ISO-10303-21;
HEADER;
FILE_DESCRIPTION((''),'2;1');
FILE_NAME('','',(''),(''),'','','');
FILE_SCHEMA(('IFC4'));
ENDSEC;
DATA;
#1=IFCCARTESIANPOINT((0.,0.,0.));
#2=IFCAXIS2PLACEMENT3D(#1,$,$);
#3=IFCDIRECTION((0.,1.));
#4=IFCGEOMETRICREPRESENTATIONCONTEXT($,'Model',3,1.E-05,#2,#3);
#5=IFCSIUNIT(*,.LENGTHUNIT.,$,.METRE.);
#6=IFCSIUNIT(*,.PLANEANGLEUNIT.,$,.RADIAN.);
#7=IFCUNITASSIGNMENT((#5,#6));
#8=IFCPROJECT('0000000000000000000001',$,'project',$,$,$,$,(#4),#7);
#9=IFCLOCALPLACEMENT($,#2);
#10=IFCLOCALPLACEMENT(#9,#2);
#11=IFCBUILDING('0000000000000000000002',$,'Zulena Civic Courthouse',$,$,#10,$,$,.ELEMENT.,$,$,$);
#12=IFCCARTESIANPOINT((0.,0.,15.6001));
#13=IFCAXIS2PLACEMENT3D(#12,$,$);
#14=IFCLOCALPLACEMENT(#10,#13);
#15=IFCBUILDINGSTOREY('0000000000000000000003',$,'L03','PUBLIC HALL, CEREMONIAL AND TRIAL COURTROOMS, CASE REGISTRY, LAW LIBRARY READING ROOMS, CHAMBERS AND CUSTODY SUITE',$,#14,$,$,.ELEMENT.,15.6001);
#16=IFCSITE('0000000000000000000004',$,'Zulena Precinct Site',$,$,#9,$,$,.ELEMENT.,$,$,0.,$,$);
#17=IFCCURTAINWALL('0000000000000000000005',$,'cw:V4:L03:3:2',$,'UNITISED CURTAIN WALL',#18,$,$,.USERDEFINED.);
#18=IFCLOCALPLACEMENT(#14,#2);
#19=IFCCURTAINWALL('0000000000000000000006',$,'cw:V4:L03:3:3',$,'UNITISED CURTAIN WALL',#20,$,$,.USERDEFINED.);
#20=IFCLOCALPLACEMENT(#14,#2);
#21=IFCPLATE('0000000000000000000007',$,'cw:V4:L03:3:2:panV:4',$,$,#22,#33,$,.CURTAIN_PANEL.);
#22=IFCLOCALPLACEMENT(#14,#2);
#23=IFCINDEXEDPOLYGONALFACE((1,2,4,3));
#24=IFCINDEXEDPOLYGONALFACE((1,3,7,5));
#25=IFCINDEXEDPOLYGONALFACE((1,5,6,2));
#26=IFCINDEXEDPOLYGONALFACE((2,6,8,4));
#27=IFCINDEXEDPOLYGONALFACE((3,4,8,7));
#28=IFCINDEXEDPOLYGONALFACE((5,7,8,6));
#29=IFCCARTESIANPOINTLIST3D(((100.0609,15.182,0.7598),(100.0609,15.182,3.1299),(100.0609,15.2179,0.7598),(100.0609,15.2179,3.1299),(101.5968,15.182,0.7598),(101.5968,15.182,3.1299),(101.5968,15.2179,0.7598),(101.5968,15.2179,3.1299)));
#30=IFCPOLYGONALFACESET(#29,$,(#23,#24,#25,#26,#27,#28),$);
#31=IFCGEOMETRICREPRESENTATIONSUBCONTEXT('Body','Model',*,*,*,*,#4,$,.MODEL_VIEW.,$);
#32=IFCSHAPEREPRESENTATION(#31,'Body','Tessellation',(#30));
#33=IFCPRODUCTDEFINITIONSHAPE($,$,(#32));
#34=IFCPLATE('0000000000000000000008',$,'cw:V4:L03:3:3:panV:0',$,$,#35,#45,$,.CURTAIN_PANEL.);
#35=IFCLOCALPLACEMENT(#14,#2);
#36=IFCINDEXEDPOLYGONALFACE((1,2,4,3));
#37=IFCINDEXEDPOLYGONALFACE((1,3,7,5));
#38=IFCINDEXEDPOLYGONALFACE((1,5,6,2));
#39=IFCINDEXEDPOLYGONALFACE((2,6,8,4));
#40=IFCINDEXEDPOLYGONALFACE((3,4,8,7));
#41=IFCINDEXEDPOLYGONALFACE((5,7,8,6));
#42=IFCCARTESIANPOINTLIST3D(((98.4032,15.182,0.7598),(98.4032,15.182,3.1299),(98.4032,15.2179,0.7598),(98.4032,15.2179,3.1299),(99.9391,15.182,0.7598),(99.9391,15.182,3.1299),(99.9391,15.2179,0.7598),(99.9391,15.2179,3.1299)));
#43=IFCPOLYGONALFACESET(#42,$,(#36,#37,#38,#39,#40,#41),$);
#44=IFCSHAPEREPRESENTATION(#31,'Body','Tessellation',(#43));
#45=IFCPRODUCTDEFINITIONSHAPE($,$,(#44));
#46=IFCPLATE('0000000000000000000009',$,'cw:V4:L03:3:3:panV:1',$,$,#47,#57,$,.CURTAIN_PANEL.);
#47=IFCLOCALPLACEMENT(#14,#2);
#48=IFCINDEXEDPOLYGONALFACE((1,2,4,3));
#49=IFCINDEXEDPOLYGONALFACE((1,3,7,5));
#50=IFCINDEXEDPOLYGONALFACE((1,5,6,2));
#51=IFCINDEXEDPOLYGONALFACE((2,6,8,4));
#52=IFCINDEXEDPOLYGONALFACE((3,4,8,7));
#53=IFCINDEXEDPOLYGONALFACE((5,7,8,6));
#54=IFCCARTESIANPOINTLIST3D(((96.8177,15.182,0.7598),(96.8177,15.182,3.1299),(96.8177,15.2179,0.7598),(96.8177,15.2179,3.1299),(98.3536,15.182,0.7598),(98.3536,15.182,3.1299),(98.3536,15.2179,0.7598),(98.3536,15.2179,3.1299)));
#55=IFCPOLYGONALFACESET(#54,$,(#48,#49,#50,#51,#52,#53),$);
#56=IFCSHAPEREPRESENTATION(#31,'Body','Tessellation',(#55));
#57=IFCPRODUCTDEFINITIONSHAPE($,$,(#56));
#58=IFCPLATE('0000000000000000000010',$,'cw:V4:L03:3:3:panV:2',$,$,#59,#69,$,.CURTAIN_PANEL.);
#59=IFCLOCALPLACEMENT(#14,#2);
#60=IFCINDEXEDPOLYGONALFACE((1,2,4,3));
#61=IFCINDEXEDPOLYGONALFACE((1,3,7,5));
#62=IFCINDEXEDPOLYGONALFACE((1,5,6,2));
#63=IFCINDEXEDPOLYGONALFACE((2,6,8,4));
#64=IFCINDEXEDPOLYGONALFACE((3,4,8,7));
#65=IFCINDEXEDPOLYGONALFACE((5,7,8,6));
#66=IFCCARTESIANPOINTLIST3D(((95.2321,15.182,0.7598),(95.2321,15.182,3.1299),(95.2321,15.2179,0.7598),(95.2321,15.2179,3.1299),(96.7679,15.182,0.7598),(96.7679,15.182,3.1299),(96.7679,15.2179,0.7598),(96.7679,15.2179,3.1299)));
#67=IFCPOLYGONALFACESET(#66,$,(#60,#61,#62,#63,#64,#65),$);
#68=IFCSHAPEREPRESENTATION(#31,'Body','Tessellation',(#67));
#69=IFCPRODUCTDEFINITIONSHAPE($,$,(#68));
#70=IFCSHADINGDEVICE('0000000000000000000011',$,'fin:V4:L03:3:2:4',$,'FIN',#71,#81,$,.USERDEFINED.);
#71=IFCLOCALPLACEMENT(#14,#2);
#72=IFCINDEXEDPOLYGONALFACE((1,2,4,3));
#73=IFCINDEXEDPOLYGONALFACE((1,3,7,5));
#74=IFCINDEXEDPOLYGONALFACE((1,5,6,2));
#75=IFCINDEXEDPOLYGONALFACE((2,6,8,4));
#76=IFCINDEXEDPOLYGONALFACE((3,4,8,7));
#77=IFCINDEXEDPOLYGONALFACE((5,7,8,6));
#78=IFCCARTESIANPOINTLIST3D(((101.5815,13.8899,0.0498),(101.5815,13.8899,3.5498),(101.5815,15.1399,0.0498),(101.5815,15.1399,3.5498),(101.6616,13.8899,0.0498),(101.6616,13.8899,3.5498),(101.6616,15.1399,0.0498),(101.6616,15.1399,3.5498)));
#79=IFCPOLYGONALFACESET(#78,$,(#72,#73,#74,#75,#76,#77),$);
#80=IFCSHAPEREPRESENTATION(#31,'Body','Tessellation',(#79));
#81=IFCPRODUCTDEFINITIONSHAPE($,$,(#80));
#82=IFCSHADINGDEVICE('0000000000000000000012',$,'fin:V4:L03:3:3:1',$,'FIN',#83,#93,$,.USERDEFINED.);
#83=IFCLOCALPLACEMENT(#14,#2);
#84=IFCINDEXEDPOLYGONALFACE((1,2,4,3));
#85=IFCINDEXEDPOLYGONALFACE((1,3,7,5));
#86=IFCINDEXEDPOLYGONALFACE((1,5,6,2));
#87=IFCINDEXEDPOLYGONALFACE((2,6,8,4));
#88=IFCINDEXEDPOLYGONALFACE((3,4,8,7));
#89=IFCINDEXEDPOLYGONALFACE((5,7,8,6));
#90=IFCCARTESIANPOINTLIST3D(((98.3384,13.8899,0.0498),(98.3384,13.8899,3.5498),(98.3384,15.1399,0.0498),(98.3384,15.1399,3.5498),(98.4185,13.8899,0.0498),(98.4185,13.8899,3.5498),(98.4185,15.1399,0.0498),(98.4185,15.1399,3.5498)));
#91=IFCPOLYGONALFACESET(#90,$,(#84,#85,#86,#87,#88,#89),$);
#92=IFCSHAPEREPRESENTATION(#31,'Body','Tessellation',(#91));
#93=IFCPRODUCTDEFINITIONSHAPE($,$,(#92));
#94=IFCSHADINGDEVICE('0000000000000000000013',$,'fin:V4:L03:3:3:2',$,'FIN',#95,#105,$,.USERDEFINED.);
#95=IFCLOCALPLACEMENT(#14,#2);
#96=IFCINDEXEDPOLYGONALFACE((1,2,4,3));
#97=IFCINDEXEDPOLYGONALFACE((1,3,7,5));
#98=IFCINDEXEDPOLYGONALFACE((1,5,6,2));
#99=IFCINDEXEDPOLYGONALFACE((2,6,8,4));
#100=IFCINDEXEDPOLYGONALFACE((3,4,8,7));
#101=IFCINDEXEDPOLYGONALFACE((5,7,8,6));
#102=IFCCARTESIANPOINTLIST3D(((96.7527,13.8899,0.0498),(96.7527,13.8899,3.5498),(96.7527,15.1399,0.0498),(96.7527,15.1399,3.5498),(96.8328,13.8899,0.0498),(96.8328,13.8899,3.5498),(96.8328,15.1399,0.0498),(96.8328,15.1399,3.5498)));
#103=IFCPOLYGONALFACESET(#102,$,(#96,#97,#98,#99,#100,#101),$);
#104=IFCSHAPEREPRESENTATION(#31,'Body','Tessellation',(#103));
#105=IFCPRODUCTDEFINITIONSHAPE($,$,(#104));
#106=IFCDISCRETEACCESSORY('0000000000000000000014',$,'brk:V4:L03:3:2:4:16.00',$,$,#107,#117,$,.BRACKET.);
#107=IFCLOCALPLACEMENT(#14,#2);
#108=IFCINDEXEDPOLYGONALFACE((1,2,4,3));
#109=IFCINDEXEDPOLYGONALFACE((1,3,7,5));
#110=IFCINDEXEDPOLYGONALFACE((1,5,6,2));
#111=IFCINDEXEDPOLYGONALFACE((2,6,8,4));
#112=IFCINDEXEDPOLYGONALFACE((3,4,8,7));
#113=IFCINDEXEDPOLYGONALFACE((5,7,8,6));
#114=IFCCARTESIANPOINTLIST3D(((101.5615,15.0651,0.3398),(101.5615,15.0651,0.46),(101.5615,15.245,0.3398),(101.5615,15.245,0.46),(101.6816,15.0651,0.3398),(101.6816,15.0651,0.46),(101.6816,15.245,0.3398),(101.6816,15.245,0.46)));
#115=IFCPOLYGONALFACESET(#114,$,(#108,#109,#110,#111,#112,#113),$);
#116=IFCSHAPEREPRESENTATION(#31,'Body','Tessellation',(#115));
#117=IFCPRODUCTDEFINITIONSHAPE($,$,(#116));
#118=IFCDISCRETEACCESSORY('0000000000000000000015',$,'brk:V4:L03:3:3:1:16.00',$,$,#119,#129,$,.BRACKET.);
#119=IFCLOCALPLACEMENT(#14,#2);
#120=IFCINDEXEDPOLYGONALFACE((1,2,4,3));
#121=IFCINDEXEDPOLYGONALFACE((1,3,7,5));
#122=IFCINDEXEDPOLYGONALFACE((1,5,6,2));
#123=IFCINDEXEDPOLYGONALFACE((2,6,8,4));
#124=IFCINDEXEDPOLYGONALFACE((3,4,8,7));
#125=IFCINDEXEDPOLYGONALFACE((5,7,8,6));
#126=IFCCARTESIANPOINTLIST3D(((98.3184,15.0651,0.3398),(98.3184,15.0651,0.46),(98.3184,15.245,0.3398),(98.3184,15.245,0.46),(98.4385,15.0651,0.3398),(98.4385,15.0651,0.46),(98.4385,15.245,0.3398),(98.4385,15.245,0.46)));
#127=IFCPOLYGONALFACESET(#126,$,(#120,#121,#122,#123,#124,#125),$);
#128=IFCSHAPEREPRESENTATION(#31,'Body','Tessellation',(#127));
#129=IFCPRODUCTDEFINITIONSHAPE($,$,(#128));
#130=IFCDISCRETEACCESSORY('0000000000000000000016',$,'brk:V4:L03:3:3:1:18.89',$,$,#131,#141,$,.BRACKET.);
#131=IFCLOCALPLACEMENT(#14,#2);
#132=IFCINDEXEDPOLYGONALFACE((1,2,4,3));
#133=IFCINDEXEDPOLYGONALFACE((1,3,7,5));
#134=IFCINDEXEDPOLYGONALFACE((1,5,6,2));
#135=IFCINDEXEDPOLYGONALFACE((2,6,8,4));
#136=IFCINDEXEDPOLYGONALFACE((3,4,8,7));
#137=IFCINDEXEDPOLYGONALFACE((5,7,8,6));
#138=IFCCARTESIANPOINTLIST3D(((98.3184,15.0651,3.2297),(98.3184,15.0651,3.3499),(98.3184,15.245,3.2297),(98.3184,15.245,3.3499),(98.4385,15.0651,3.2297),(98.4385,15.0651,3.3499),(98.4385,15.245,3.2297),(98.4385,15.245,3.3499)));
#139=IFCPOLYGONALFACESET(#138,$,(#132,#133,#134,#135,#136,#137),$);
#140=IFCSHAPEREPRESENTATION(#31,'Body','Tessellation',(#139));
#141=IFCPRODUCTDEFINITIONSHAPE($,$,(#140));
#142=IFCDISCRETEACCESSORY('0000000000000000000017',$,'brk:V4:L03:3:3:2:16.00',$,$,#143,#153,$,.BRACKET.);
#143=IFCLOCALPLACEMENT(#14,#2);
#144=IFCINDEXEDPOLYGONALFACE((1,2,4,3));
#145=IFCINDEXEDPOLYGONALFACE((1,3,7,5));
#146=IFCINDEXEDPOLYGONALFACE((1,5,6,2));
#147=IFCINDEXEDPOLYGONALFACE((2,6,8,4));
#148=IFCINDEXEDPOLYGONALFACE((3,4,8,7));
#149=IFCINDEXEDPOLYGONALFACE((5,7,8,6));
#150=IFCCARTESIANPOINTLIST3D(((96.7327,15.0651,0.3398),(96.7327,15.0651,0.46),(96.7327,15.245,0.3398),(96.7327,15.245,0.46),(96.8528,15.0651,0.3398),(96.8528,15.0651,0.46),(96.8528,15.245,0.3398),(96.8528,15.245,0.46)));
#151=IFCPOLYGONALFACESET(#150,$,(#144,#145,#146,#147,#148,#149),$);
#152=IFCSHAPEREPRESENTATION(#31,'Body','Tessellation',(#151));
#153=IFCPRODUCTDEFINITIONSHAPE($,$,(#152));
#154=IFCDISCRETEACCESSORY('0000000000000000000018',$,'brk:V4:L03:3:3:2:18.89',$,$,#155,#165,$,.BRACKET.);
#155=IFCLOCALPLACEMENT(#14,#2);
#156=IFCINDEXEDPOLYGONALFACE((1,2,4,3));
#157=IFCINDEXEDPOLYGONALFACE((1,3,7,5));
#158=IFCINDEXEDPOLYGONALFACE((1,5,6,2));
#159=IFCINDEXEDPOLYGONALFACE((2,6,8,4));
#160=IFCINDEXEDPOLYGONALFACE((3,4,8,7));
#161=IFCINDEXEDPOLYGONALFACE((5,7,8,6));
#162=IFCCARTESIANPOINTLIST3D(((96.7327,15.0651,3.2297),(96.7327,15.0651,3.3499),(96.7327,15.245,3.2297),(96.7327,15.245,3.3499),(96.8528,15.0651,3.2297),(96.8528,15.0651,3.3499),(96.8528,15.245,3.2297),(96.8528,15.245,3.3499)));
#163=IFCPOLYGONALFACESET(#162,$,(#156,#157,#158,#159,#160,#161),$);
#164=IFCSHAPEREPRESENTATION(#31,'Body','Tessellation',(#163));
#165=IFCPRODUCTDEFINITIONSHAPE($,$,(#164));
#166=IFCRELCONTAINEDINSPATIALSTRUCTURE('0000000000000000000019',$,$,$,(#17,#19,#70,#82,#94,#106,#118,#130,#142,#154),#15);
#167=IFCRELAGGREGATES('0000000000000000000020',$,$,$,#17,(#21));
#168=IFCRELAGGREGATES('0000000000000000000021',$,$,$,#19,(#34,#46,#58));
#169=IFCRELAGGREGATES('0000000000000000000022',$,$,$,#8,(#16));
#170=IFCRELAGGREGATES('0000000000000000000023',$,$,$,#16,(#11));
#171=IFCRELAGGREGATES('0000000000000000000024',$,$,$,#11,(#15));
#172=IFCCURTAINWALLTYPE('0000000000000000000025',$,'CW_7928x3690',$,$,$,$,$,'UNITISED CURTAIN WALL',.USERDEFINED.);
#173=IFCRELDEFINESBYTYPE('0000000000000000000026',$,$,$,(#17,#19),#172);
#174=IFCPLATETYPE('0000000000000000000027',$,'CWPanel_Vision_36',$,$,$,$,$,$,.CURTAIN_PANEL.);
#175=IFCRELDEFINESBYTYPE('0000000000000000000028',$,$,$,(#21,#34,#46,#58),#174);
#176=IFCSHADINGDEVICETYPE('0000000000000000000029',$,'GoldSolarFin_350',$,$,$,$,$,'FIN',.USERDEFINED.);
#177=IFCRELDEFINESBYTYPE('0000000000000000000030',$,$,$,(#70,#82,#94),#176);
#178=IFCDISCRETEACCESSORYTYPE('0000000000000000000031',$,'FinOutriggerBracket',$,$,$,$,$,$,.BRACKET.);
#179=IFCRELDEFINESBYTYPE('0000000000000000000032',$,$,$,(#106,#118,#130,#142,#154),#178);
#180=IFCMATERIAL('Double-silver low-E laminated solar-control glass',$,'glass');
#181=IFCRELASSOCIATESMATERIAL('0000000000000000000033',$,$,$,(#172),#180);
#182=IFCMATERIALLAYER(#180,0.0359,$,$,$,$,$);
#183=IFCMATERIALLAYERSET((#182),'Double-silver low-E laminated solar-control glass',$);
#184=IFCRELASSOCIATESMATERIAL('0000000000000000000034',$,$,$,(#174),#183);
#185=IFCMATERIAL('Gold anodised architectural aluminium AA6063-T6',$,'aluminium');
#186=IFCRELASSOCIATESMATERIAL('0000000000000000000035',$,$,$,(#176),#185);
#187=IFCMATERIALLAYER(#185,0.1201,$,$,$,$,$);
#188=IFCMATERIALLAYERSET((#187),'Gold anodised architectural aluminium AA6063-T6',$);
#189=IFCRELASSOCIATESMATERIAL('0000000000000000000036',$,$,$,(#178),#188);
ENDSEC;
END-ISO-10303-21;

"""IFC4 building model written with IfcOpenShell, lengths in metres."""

from ifc_helpers import new_model, si_unit, direction, frame, origin, origin_2d, place, context, subcontext, project, spatial, rectangle, extrude, material, layer, layer_set, type_object, element, aggregate, save


model = new_model("IFC4")

# Units and contexts
model_context = context("Model", 3, precision=1e-05, world=origin(), true_north=direction((0.0, 1.0)))
body_context = subcontext(model_context, "Body", "Model", "MODEL_VIEW")
ifc_project = project(units=[si_unit("LENGTHUNIT", "METRE"), si_unit("PLANEANGLEUNIT", "RADIAN")], contexts=[model_context])

# Site, building, storey
site_placement = place(None, origin())
site = spatial("IfcSite", under=ifc_project, at=site_placement, Name="Zulena Precinct Site", CompositionType="ELEMENT", RefElevation=0.0)
building_placement = place(site_placement, origin())
building = spatial("IfcBuilding", under=site, at=building_placement, Name="Zulena Civic Courthouse", CompositionType="ELEMENT")
storey_placement = place(building_placement, frame((0.0, 0.0, 15.6001)))
storey = spatial("IfcBuildingStorey", under=building, at=storey_placement, Name="L03", Description="PUBLIC HALL, CEREMONIAL AND TRIAL COURTROOMS, CASE REGISTRY, LAW LIBRARY READING ROOMS, CHAMBERS AND CUSTODY SUITE", CompositionType="ELEMENT", Elevation=15.6001)

# Curtain wall
ifc_material_1 = material(Name="Double-silver low-E laminated solar-control glass", Category="glass")
curtain_wall_type = type_object("IfcCurtainWallType", Name="CW_7928x3690", ElementType="UNITISED CURTAIN WALL", PredefinedType="USERDEFINED", material=ifc_material_1)
curtain_wall_1_placement = place(storey_placement, origin())
curtain_wall_1 = element("IfcCurtainWall", 1, at=curtain_wall_1_placement, inside=storey, type_object=curtain_wall_type, Name="cw:V4:L03:3:2", ObjectType="UNITISED CURTAIN WALL", PredefinedType="USERDEFINED")

# Curtain wall
curtain_wall_2_placement = place(storey_placement, origin())
curtain_wall_2 = element("IfcCurtainWall", 2, at=curtain_wall_2_placement, inside=storey, type_object=curtain_wall_type, Name="cw:V4:L03:3:3", ObjectType="UNITISED CURTAIN WALL", PredefinedType="USERDEFINED")

# Plates
ifc_layer_1 = layer(ifc_material_1, 0.0359)
ifc_layer_set_1 = layer_set([ifc_layer_1], Name="Double-silver low-E laminated solar-control glass")
plate_type_1 = type_object("IfcPlateType", Name="CWPanel_Vision_36", PredefinedType="CURTAIN_PANEL", material=ifc_layer_set_1)
plate_1_placement = place(storey_placement, frame((100.8289, 15.2, 0.7598), z_axis=(0.0, 0.0, 1.0), x_axis=(-1.0, 0.0, 0.0)))
plate_1 = element("IfcPlate", 3, at=plate_1_placement, type_object=plate_type_1, Name="cw:V4:L03:3:2:panV:4", PredefinedType="CURTAIN_PANEL", context=body_context, shape_type="SweptSolid", body=[
    extrude(rectangle(XDim=1.5359, YDim=0.0359, at=origin_2d()), origin(), (0.0, 0.0, 1.0), 2.3701),
])
aggregate(curtain_wall_1, [plate_1])
plate_2_placement = place(storey_placement, frame((99.1711, 15.2, 0.7598), z_axis=(0.0, 0.0, 1.0), x_axis=(-1.0, 0.0, 0.0)))
plate_2 = element("IfcPlate", 4, at=plate_2_placement, type_object=plate_type_1, Name="cw:V4:L03:3:3:panV:0", PredefinedType="CURTAIN_PANEL", context=body_context, shape_type="SweptSolid", body=[
    extrude(rectangle(XDim=1.5359, YDim=0.0359, at=origin_2d()), origin(), (0.0, 0.0, 1.0), 2.3701),
])
plate_3_placement = place(storey_placement, frame((97.5857, 15.2, 0.7598), z_axis=(0.0, 0.0, 1.0), x_axis=(-1.0, 0.0, 0.0)))
plate_3 = element("IfcPlate", 5, at=plate_3_placement, type_object=plate_type_1, Name="cw:V4:L03:3:3:panV:1", PredefinedType="CURTAIN_PANEL", context=body_context, shape_type="SweptSolid", body=[
    extrude(rectangle(XDim=1.5359, YDim=0.0359, at=origin_2d()), origin(), (0.0, 0.0, 1.0), 2.3701),
])
plate_4_placement = place(storey_placement, frame((96.0, 15.2, 0.7598), z_axis=(0.0, 0.0, 1.0), x_axis=(-1.0, 0.0, 0.0)))
plate_4 = element("IfcPlate", 6, at=plate_4_placement, type_object=plate_type_1, Name="cw:V4:L03:3:3:panV:2", PredefinedType="CURTAIN_PANEL", context=body_context, shape_type="SweptSolid", body=[
    extrude(rectangle(XDim=1.5359, YDim=0.0359, at=origin_2d()), origin(), (0.0, 0.0, 1.0), 2.3701),
])
aggregate(curtain_wall_2, [plate_2, plate_3, plate_4])

# Shading devices
ifc_material_2 = material(Name="Gold anodised architectural aluminium AA6063-T6", Category="aluminium")
shading_device_type = type_object("IfcShadingDeviceType", Name="GoldSolarFin_350", ElementType="FIN", PredefinedType="USERDEFINED", material=ifc_material_2)
for number, where, z_axis, x_axis, name in (
    (7, (101.6216, 14.5149, 0.0498), (0.0, 0.0, 1.0), (0.0, -1.0, 0.0), "fin:V4:L03:3:2:4"),
    (8, (98.3784, 14.5149, 0.0498), (0.0, 0.0, 1.0), (0.0, -1.0, 0.0), "fin:V4:L03:3:3:1"),
    (9, (96.7927, 14.5149, 0.0498), (0.0, 0.0, 1.0), (0.0, -1.0, 0.0), "fin:V4:L03:3:3:2"),
):
    element("IfcShadingDevice", number, at=place(storey_placement, frame(where, z_axis=z_axis, x_axis=x_axis)), inside=storey, type_object=shading_device_type, Name=name, ObjectType="FIN", PredefinedType="USERDEFINED", context=body_context, shape_type="SweptSolid", body=[
        extrude(rectangle(XDim=1.25, YDim=0.0801, at=origin_2d()), origin(), (0.0, 0.0, 1.0), 3.5),
    ])

# Discrete accessories
ifc_layer_2 = layer(ifc_material_2, 0.1201)
ifc_layer_set_2 = layer_set([ifc_layer_2], Name="Gold anodised architectural aluminium AA6063-T6")
discrete_accessory_type = type_object("IfcDiscreteAccessoryType", Name="FinOutriggerBracket", PredefinedType="BRACKET", material=ifc_layer_set_2)
for number, where, z_axis, x_axis, name in (
    (10, (101.6216, 15.155, 0.3398), (0.0, 0.0, 1.0), (0.0, -1.0, 0.0), "brk:V4:L03:3:2:4:16.00"),
    (11, (98.3784, 15.155, 0.3398), (0.0, 0.0, 1.0), (0.0, -1.0, 0.0), "brk:V4:L03:3:3:1:16.00"),
    (12, (98.3784, 15.155, 3.2297), (0.0, 0.0, 1.0), (0.0, -1.0, 0.0), "brk:V4:L03:3:3:1:18.89"),
    (13, (96.7927, 15.155, 0.3398), (0.0, 0.0, 1.0), (0.0, -1.0, 0.0), "brk:V4:L03:3:3:2:16.00"),
    (14, (96.7927, 15.155, 3.2297), (0.0, 0.0, 1.0), (0.0, -1.0, 0.0), "brk:V4:L03:3:3:2:18.89"),
):
    element("IfcDiscreteAccessory", number, at=place(storey_placement, frame(where, z_axis=z_axis, x_axis=x_axis)), inside=storey, type_object=discrete_accessory_type, Name=name, PredefinedType="BRACKET", context=body_context, shape_type="SweptSolid", body=[
        extrude(rectangle(XDim=0.1799, YDim=0.1201, at=origin_2d()), origin(), (0.0, 0.0, 1.0), 0.1201),
    ])

save(model, "model.ifc")
